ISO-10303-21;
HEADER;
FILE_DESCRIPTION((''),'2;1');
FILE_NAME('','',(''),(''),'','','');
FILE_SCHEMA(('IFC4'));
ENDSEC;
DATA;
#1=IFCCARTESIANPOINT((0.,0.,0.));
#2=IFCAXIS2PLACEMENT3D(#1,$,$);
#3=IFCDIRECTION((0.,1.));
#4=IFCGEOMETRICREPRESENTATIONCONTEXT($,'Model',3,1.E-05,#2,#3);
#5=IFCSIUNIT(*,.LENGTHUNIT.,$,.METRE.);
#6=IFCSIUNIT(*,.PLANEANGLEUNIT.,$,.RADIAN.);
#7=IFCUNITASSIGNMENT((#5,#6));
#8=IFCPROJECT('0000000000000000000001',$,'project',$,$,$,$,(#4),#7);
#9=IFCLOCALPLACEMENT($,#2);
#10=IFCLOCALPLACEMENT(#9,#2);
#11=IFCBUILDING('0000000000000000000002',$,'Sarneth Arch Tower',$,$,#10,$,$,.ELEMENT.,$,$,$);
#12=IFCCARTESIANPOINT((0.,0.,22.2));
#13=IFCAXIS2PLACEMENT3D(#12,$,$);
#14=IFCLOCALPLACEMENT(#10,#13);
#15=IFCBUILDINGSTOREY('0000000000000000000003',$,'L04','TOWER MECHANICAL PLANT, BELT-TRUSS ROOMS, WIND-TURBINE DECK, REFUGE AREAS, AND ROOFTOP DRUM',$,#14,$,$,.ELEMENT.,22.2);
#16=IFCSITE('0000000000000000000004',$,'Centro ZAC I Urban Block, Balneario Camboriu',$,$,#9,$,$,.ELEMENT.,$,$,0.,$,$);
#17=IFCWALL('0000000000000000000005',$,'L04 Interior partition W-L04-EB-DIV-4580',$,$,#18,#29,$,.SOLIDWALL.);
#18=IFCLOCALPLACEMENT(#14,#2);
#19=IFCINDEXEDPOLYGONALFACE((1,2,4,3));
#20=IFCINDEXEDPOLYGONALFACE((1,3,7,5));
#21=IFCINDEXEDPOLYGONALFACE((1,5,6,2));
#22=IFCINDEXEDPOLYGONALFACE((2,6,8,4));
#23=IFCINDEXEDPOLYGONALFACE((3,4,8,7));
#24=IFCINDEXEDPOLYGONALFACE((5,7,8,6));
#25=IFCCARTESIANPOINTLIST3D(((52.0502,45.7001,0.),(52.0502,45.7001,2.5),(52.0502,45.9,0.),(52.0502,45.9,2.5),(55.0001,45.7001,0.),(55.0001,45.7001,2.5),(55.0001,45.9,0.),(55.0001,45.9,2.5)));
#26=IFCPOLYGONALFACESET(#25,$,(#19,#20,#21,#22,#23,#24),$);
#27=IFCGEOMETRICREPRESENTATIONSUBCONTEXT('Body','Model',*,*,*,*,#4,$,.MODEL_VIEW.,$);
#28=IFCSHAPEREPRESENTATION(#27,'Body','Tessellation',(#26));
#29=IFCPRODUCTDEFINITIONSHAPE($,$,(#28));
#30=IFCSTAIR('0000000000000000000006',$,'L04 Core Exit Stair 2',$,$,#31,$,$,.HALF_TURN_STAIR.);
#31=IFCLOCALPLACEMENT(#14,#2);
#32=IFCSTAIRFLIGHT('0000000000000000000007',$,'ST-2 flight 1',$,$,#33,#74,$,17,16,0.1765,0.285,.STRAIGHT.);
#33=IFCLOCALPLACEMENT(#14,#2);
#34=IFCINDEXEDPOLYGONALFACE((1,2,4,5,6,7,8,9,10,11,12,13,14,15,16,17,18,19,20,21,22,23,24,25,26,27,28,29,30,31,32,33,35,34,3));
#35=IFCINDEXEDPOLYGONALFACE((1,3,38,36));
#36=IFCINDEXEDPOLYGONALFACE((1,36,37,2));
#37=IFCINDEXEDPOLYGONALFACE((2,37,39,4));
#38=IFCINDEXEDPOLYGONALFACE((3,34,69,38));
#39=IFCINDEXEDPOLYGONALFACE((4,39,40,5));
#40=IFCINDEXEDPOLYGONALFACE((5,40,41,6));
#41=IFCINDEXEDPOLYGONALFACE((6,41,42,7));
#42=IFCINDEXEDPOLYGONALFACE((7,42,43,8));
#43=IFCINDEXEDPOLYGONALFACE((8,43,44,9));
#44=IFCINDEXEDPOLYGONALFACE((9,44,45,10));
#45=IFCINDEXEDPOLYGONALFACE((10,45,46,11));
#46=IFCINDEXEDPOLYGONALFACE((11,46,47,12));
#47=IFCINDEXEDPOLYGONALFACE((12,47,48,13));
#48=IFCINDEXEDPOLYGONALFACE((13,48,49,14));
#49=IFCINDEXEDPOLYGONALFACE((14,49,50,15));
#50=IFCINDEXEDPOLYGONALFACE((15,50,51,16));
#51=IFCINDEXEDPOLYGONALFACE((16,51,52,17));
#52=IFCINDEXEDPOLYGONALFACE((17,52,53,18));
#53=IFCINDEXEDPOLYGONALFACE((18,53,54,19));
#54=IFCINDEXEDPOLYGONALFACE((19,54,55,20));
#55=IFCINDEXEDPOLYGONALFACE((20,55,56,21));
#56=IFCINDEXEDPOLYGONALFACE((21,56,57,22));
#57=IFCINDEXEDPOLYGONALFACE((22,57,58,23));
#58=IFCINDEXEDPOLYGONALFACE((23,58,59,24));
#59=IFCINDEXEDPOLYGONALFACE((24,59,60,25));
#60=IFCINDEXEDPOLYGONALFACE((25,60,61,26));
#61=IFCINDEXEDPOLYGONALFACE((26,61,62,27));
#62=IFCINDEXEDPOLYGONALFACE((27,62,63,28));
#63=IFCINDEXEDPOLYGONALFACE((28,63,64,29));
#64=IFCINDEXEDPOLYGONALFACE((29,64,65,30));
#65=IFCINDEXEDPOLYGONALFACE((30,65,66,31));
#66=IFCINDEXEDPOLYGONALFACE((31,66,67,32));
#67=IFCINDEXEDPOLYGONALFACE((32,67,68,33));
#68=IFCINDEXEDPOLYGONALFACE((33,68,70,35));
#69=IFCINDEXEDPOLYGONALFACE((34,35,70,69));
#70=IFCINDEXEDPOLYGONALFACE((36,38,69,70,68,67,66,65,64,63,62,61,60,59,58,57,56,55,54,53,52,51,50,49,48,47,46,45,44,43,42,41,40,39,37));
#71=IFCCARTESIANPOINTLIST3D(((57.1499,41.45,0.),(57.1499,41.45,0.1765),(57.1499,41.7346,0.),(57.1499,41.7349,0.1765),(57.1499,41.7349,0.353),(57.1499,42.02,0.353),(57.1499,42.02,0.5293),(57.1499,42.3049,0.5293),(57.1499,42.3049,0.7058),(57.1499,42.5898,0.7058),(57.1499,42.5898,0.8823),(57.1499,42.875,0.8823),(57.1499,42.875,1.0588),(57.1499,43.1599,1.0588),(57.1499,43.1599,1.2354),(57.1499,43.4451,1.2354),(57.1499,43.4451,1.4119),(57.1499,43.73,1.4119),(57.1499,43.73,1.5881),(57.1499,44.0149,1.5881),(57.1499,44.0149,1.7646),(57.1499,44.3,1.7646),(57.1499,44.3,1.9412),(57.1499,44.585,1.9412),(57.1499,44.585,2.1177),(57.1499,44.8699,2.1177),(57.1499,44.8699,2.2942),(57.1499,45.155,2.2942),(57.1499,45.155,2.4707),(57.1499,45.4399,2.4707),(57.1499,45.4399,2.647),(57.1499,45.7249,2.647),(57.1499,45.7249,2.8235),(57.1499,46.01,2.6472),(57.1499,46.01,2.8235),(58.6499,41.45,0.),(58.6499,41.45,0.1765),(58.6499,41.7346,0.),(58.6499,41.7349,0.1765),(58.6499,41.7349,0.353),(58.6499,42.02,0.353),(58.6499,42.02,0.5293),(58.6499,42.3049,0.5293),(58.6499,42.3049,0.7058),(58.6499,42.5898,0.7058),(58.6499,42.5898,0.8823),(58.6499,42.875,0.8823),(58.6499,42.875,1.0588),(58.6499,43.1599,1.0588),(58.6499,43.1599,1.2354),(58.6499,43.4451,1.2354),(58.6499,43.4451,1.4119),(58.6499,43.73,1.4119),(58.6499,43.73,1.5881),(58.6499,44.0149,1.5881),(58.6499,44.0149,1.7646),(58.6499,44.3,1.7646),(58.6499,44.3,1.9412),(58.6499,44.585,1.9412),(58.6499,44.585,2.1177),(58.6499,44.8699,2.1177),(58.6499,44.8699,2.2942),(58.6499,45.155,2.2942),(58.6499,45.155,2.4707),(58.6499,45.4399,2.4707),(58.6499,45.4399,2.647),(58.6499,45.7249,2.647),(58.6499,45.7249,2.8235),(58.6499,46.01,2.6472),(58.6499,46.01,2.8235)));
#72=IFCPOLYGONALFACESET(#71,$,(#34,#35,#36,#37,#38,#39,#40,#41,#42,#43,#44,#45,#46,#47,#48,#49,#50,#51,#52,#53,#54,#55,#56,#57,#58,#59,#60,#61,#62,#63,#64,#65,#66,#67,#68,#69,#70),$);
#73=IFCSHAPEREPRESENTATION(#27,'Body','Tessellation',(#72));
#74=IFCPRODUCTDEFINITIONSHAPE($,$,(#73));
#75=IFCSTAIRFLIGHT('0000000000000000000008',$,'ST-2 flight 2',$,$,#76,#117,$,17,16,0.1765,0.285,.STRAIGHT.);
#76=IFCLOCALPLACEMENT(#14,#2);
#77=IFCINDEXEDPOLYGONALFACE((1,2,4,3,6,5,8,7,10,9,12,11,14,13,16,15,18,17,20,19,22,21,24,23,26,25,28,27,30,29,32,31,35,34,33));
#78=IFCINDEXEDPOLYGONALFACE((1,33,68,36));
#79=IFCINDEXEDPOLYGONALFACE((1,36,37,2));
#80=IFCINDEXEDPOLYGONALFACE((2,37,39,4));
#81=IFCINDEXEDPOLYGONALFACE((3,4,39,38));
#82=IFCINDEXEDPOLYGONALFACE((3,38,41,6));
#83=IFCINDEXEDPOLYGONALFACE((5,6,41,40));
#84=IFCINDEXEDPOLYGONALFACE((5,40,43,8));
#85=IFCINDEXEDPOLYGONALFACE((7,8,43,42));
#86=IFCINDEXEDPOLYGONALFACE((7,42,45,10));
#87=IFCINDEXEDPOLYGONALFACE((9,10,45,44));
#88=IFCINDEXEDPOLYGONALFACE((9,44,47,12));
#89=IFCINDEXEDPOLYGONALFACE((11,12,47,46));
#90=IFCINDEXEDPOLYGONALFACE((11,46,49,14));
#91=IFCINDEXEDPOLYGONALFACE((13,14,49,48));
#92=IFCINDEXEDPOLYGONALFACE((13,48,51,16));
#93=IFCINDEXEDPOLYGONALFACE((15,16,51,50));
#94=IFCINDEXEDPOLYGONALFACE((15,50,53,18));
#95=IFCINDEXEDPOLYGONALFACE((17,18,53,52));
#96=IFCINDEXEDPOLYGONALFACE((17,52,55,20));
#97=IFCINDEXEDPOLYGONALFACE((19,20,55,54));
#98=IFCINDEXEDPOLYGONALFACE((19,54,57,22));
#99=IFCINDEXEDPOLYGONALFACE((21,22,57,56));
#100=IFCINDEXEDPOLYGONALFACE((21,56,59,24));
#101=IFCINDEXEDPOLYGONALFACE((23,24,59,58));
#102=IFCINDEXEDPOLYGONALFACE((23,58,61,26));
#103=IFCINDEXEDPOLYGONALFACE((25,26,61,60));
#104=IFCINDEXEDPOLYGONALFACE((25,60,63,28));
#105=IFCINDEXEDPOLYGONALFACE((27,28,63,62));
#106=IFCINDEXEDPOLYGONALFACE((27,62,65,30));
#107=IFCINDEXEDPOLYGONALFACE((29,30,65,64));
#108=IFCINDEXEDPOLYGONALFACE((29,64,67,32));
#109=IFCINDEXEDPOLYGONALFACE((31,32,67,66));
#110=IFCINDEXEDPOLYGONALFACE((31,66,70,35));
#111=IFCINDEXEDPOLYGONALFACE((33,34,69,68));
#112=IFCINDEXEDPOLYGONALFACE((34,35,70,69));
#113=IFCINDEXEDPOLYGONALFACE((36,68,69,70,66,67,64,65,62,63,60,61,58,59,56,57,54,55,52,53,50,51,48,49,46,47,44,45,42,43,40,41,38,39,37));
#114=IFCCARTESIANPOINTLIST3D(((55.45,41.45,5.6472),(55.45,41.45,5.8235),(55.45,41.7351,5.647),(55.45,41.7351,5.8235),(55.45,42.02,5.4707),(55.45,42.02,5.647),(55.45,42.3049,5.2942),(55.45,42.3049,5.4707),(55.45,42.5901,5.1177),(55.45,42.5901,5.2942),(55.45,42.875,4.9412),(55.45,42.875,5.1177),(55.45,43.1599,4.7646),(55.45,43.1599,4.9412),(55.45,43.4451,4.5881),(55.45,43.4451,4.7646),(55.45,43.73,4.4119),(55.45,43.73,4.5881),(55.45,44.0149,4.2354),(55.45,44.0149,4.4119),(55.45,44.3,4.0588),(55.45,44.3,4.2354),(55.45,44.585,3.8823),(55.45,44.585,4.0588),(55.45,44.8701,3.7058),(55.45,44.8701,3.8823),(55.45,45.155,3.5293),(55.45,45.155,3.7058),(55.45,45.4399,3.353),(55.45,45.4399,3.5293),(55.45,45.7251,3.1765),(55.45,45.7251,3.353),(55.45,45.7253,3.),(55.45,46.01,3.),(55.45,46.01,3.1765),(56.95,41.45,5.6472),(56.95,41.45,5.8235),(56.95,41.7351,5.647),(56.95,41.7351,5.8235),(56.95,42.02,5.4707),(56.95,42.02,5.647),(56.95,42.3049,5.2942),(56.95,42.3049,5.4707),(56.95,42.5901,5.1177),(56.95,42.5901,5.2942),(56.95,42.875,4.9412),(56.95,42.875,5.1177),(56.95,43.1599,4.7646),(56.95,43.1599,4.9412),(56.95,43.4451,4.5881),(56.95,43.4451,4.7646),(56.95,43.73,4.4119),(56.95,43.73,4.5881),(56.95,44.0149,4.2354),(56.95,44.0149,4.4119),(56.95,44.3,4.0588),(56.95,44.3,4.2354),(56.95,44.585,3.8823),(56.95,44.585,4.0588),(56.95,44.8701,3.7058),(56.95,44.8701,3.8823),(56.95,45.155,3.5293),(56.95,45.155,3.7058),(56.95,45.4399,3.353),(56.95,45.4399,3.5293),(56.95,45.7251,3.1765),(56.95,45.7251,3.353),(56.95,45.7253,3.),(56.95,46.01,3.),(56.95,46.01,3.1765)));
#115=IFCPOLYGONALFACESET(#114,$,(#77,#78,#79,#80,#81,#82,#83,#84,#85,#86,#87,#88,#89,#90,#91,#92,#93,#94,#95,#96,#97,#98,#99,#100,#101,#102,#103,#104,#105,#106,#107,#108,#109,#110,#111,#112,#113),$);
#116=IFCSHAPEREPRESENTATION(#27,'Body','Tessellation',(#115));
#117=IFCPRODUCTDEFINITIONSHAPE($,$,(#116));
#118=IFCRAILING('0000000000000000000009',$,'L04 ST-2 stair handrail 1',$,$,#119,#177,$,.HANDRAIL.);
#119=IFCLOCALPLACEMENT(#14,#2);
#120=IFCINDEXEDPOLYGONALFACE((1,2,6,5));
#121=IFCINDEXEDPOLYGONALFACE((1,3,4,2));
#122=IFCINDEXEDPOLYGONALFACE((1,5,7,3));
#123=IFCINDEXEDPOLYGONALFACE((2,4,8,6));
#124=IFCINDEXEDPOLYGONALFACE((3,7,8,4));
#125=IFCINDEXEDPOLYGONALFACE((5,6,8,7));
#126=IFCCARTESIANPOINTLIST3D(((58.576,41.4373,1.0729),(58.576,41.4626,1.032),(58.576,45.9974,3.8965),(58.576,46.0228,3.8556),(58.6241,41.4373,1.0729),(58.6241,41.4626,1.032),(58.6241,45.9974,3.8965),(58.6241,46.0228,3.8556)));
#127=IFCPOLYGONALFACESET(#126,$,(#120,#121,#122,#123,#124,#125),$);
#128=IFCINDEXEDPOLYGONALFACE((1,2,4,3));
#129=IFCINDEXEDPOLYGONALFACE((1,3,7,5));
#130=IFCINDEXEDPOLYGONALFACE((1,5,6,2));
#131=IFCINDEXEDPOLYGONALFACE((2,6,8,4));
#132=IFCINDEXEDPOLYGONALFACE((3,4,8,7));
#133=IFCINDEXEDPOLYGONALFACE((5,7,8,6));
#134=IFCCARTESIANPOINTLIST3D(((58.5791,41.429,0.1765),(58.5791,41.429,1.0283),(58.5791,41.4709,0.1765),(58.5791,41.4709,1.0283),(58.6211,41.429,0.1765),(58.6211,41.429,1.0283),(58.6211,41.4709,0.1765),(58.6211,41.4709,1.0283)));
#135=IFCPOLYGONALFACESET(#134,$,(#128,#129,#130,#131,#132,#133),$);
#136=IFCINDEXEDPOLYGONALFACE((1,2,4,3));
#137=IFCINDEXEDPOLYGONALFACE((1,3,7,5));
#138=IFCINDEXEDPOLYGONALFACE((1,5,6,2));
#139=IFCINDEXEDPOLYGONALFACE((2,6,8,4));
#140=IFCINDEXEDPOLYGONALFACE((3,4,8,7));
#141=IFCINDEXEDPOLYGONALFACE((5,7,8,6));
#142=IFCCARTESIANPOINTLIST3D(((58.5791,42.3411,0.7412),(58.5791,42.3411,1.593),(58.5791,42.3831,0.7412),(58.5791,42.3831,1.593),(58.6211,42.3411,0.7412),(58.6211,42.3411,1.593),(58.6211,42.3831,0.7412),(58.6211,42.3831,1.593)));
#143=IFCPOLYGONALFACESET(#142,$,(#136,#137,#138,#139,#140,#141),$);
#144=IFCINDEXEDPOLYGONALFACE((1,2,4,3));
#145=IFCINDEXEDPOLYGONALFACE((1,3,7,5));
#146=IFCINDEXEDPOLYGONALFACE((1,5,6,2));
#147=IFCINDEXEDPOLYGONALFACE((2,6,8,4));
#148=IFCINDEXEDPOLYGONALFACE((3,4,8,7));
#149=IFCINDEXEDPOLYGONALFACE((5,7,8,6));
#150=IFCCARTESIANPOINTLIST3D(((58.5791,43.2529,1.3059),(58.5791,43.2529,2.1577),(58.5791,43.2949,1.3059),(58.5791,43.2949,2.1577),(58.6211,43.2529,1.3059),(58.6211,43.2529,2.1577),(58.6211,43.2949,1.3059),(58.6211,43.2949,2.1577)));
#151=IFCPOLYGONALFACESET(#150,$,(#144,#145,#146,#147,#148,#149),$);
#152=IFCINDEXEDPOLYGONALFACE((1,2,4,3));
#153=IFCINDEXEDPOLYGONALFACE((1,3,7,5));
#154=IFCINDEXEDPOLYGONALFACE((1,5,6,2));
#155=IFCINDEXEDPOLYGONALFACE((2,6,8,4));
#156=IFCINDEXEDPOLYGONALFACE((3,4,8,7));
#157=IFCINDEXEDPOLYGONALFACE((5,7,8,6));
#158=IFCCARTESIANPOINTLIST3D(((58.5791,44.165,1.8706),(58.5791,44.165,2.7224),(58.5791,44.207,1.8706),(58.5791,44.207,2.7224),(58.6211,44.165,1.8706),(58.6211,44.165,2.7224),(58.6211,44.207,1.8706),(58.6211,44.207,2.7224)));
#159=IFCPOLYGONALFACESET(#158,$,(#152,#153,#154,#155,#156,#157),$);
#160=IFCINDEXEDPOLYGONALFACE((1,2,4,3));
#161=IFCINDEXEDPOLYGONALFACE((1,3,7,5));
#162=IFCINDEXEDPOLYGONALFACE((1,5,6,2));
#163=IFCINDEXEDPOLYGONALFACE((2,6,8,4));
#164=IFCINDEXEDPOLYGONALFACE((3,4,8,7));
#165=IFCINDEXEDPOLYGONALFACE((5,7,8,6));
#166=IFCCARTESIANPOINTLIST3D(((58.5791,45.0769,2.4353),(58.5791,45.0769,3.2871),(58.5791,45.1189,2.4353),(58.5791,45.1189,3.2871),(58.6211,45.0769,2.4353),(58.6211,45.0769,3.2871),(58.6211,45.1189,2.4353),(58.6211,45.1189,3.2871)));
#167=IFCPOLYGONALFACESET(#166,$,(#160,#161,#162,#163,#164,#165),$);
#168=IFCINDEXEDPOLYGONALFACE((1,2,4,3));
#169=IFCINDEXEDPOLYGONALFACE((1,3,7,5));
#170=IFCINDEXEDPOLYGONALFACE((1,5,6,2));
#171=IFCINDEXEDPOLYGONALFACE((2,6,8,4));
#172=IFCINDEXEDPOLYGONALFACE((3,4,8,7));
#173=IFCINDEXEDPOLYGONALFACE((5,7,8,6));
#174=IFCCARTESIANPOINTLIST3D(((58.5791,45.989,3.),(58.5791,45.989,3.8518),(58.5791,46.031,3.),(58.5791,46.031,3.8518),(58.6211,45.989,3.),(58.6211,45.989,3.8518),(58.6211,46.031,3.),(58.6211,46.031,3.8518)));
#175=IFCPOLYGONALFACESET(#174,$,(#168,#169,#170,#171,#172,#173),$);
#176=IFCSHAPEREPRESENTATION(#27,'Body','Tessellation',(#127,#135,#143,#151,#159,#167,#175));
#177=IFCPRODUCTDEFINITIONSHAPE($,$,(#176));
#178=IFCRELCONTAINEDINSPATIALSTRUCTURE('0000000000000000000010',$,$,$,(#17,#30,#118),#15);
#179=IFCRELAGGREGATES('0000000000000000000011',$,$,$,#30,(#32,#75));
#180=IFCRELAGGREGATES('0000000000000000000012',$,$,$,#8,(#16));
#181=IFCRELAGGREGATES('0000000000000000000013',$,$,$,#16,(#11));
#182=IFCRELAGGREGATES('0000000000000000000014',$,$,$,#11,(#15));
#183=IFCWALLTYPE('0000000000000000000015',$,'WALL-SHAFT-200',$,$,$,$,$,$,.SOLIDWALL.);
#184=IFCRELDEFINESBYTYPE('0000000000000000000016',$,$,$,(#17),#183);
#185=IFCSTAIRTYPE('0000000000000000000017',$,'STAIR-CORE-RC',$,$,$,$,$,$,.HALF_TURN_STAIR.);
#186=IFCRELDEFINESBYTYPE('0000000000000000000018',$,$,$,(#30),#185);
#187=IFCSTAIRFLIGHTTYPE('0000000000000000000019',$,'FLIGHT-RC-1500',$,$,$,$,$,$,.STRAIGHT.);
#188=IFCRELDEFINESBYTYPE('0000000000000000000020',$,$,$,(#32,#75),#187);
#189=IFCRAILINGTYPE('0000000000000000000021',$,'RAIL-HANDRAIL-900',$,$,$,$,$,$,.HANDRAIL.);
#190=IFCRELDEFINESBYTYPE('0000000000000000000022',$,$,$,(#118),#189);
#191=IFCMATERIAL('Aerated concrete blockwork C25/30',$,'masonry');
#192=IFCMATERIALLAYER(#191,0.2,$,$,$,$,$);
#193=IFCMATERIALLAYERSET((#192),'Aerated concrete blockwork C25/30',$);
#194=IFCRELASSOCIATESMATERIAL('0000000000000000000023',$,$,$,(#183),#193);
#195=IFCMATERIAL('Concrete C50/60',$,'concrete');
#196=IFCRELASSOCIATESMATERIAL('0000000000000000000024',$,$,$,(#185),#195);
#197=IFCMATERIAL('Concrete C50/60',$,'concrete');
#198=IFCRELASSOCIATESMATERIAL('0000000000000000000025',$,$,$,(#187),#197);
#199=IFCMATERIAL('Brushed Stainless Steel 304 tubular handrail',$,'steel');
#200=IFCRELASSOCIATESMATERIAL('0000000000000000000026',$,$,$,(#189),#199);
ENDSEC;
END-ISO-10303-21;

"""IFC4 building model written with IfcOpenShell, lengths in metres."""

from ifc_helpers import new_model, si_unit, direction, frame, frame_2d, origin, origin_2d, place, context, subcontext, project, spatial, polyline, rectangle, outline, extrude, material, layer, layer_set, type_object, element, aggregate, save


model = new_model("IFC4")

# Units and contexts
model_context = context("Model", 3, precision=1e-05, world=origin(), true_north=direction((0.0, 1.0)))
body_context = subcontext(model_context, "Body", "Model", "MODEL_VIEW")
ifc_project = project(units=[si_unit("LENGTHUNIT", "METRE"), si_unit("PLANEANGLEUNIT", "RADIAN")], contexts=[model_context])

# Site, building, storey
site_placement = place(None, origin())
site = spatial("IfcSite", under=ifc_project, at=site_placement, Name="Centro ZAC I Urban Block, Balneario Camboriu", CompositionType="ELEMENT", RefElevation=0.0)
building_placement = place(site_placement, origin())
building = spatial("IfcBuilding", under=site, at=building_placement, Name="Sarneth Arch Tower", CompositionType="ELEMENT")
storey_placement = place(building_placement, frame((0.0, 0.0, 22.2)))
storey = spatial("IfcBuildingStorey", under=building, at=storey_placement, Name="L04", Description="TOWER MECHANICAL PLANT, BELT-TRUSS ROOMS, WIND-TURBINE DECK, REFUGE AREAS, AND ROOFTOP DRUM", CompositionType="ELEMENT", Elevation=22.2)

# Wall
ifc_material_1 = material(Name="Aerated concrete blockwork C25/30", Category="masonry")
ifc_layer_1 = layer(ifc_material_1, 0.2)
ifc_layer_set_1 = layer_set([ifc_layer_1], Name="Aerated concrete blockwork C25/30")
wall_type_1 = type_object("IfcWallType", Name="WALL-SHAFT-200", PredefinedType="SOLIDWALL", material=ifc_layer_set_1)
for number, where, z_axis, x_axis, name in (
    (1, (52.05, 45.8, 0.0), (0.0, 0.0, 1.0), (1.0, 0.0, 0.0), "L04 Interior partition W-L04-EB-DIV-4580"),
):
    element("IfcWall", number, at=place(storey_placement, frame(where, z_axis=z_axis, x_axis=x_axis)), inside=storey, type_object=wall_type_1, Name=name, PredefinedType="SOLIDWALL", context=body_context, shape_type="SweptSolid", body=[
        extrude(rectangle(XDim=2.95, YDim=0.2, at=frame_2d((1.4751, 0.0))), origin(), (0.0, 0.0, 1.0), 2.5),
    ])

# Stair, stair flights
ifc_material_2 = material(Name="Concrete C50/60", Category="concrete")
stair_type = type_object("IfcStairType", Name="STAIR-CORE-RC", PredefinedType="HALF_TURN_STAIR", material=ifc_material_2)
stair_placement = place(storey_placement, origin())
stair = element("IfcStair", 2, at=stair_placement, inside=storey, type_object=stair_type, Name="L04 Core Exit Stair 2", PredefinedType="HALF_TURN_STAIR")
ifc_material_3 = material(Name="Concrete C50/60", Category="concrete")
stair_flight_type = type_object("IfcStairFlightType", Name="FLIGHT-RC-1500", PredefinedType="STRAIGHT", material=ifc_material_3)
stair_flight_1_placement = place(storey_placement, frame((57.8999, 41.45, 0.0), z_axis=(0.0, 0.0, 1.0), x_axis=(0.0, 1.0, 0.0)))
stair_flight_1 = element("IfcStairFlight", 3, at=stair_flight_1_placement, type_object=stair_flight_type, Name="ST-2 flight 1", NumberOfRisers=17, NumberOfTreads=16, PredefinedType="STRAIGHT", RiserHeight=0.1765, TreadLength=0.285, context=body_context, shape_type="SweptSolid", body=[
    extrude(outline(polyline([(0.0, 0.0), (0.0, 0.1765), (0.2849, 0.1765), (0.2849, 0.353), (0.5701, 0.353), (0.5701, 0.5293), (0.855, 0.5293), (0.855, 0.7058), (1.1399, 0.7058), (1.1399, 0.8823), (1.425, 0.8823), (1.425, 1.0588), (1.71, 1.0588), (1.71, 1.2354), (1.9951, 1.2354), (1.9951, 1.4119), (2.28, 1.4119), (2.28, 1.5881), (2.5649, 1.5881), (2.5649, 1.7646), (2.8501, 1.7646), (2.8501, 1.9412), (3.135, 1.9412), (3.135, 2.1177), (3.4199, 2.1177), (3.4199, 2.2942), (3.7051, 2.2942), (3.7051, 2.4707), (3.99, 2.4707), (3.99, 2.647), (4.2749, 2.647), (4.2749, 2.8235), (4.5601, 2.8235), (4.5601, 3.0), (4.5601, 2.6472), (0.2847, 0.0), (0.0, 0.0)])), frame((0.0, 0.75, 0.0), z_axis=(0.0, -1.0, 0.0), x_axis=(1.0, 0.0, 0.0)), (0.0, 0.0, 1.0), 1.5),
])
stair_flight_2_placement = place(storey_placement, frame((56.2, 46.01, 3.0), z_axis=(0.0, 0.0, 1.0), x_axis=(0.0, -1.0, 0.0)))
stair_flight_2 = element("IfcStairFlight", 4, at=stair_flight_2_placement, type_object=stair_flight_type, Name="ST-2 flight 2", NumberOfRisers=17, NumberOfTreads=16, PredefinedType="STRAIGHT", RiserHeight=0.1765, TreadLength=0.285, context=body_context, shape_type="SweptSolid", body=[
    extrude(outline(polyline([(0.0, 0.0), (0.0, 0.1765), (0.2849, 0.1765), (0.2849, 0.353), (0.5701, 0.353), (0.5701, 0.5293), (0.855, 0.5293), (0.855, 0.7058), (1.1399, 0.7058), (1.1399, 0.8823), (1.425, 0.8823), (1.425, 1.0588), (1.71, 1.0588), (1.71, 1.2354), (1.9951, 1.2354), (1.9951, 1.4119), (2.28, 1.4119), (2.28, 1.5881), (2.5649, 1.5881), (2.5649, 1.7646), (2.8501, 1.7646), (2.8501, 1.9412), (3.135, 1.9412), (3.135, 2.1177), (3.4199, 2.1177), (3.4199, 2.2942), (3.7051, 2.2942), (3.7051, 2.4707), (3.99, 2.4707), (3.99, 2.647), (4.2749, 2.647), (4.2749, 2.8235), (4.5601, 2.8235), (4.5601, 3.0), (4.5601, 2.6472), (0.2847, 0.0), (0.0, 0.0)])), frame((0.0, 0.75, 0.0), z_axis=(0.0, -1.0, 0.0), x_axis=(1.0, 0.0, 0.0)), (0.0, 0.0, 1.0), 1.5),
])
aggregate(stair, [stair_flight_1, stair_flight_2])

# Railing
ifc_material_4 = material(Name="Brushed Stainless Steel 304 tubular handrail", Category="steel")
railing_type_1 = type_object("IfcRailingType", Name="RAIL-HANDRAIL-900", PredefinedType="HANDRAIL", material=ifc_material_4)
railing_1_placement = place(storey_placement, frame((58.6001, 41.45, 0.1765)))
element("IfcRailing", 5, at=railing_1_placement, inside=storey, type_object=railing_type_1, Name="L04 ST-2 stair handrail 1", PredefinedType="HANDRAIL", context=body_context, shape_type="SweptSolid", body=[
    extrude(rectangle(XDim=0.0481, YDim=0.0481, at=origin_2d()), frame((0.0, 0.0, 0.876), z_axis=(0.0, 0.850216, 0.526435), x_axis=(-1.0, 0.0, 0.0)), (0.0, 0.0, 1.0), 5.3635),
    extrude(rectangle(XDim=0.042, YDim=0.042, at=origin_2d()), origin(), (0.0, 0.0, 1.0), 0.8518),
    extrude(rectangle(XDim=0.042, YDim=0.042, at=origin_2d()), frame((0.0, 0.9121, 0.5647)), (0.0, 0.0, 1.0), 0.8518),
    extrude(rectangle(XDim=0.042, YDim=0.042, at=origin_2d()), frame((0.0, 1.824, 1.1294)), (0.0, 0.0, 1.0), 0.8518),
    extrude(rectangle(XDim=0.042, YDim=0.042, at=origin_2d()), frame((0.0, 2.7361, 1.6941)), (0.0, 0.0, 1.0), 0.8518),
    extrude(rectangle(XDim=0.042, YDim=0.042, at=origin_2d()), frame((0.0, 3.6479, 2.2588)), (0.0, 0.0, 1.0), 0.8518),
    extrude(rectangle(XDim=0.042, YDim=0.042, at=origin_2d()), frame((0.0, 4.5601, 2.8235)), (0.0, 0.0, 1.0), 0.8518),
])

save(model, "model.ifc")
